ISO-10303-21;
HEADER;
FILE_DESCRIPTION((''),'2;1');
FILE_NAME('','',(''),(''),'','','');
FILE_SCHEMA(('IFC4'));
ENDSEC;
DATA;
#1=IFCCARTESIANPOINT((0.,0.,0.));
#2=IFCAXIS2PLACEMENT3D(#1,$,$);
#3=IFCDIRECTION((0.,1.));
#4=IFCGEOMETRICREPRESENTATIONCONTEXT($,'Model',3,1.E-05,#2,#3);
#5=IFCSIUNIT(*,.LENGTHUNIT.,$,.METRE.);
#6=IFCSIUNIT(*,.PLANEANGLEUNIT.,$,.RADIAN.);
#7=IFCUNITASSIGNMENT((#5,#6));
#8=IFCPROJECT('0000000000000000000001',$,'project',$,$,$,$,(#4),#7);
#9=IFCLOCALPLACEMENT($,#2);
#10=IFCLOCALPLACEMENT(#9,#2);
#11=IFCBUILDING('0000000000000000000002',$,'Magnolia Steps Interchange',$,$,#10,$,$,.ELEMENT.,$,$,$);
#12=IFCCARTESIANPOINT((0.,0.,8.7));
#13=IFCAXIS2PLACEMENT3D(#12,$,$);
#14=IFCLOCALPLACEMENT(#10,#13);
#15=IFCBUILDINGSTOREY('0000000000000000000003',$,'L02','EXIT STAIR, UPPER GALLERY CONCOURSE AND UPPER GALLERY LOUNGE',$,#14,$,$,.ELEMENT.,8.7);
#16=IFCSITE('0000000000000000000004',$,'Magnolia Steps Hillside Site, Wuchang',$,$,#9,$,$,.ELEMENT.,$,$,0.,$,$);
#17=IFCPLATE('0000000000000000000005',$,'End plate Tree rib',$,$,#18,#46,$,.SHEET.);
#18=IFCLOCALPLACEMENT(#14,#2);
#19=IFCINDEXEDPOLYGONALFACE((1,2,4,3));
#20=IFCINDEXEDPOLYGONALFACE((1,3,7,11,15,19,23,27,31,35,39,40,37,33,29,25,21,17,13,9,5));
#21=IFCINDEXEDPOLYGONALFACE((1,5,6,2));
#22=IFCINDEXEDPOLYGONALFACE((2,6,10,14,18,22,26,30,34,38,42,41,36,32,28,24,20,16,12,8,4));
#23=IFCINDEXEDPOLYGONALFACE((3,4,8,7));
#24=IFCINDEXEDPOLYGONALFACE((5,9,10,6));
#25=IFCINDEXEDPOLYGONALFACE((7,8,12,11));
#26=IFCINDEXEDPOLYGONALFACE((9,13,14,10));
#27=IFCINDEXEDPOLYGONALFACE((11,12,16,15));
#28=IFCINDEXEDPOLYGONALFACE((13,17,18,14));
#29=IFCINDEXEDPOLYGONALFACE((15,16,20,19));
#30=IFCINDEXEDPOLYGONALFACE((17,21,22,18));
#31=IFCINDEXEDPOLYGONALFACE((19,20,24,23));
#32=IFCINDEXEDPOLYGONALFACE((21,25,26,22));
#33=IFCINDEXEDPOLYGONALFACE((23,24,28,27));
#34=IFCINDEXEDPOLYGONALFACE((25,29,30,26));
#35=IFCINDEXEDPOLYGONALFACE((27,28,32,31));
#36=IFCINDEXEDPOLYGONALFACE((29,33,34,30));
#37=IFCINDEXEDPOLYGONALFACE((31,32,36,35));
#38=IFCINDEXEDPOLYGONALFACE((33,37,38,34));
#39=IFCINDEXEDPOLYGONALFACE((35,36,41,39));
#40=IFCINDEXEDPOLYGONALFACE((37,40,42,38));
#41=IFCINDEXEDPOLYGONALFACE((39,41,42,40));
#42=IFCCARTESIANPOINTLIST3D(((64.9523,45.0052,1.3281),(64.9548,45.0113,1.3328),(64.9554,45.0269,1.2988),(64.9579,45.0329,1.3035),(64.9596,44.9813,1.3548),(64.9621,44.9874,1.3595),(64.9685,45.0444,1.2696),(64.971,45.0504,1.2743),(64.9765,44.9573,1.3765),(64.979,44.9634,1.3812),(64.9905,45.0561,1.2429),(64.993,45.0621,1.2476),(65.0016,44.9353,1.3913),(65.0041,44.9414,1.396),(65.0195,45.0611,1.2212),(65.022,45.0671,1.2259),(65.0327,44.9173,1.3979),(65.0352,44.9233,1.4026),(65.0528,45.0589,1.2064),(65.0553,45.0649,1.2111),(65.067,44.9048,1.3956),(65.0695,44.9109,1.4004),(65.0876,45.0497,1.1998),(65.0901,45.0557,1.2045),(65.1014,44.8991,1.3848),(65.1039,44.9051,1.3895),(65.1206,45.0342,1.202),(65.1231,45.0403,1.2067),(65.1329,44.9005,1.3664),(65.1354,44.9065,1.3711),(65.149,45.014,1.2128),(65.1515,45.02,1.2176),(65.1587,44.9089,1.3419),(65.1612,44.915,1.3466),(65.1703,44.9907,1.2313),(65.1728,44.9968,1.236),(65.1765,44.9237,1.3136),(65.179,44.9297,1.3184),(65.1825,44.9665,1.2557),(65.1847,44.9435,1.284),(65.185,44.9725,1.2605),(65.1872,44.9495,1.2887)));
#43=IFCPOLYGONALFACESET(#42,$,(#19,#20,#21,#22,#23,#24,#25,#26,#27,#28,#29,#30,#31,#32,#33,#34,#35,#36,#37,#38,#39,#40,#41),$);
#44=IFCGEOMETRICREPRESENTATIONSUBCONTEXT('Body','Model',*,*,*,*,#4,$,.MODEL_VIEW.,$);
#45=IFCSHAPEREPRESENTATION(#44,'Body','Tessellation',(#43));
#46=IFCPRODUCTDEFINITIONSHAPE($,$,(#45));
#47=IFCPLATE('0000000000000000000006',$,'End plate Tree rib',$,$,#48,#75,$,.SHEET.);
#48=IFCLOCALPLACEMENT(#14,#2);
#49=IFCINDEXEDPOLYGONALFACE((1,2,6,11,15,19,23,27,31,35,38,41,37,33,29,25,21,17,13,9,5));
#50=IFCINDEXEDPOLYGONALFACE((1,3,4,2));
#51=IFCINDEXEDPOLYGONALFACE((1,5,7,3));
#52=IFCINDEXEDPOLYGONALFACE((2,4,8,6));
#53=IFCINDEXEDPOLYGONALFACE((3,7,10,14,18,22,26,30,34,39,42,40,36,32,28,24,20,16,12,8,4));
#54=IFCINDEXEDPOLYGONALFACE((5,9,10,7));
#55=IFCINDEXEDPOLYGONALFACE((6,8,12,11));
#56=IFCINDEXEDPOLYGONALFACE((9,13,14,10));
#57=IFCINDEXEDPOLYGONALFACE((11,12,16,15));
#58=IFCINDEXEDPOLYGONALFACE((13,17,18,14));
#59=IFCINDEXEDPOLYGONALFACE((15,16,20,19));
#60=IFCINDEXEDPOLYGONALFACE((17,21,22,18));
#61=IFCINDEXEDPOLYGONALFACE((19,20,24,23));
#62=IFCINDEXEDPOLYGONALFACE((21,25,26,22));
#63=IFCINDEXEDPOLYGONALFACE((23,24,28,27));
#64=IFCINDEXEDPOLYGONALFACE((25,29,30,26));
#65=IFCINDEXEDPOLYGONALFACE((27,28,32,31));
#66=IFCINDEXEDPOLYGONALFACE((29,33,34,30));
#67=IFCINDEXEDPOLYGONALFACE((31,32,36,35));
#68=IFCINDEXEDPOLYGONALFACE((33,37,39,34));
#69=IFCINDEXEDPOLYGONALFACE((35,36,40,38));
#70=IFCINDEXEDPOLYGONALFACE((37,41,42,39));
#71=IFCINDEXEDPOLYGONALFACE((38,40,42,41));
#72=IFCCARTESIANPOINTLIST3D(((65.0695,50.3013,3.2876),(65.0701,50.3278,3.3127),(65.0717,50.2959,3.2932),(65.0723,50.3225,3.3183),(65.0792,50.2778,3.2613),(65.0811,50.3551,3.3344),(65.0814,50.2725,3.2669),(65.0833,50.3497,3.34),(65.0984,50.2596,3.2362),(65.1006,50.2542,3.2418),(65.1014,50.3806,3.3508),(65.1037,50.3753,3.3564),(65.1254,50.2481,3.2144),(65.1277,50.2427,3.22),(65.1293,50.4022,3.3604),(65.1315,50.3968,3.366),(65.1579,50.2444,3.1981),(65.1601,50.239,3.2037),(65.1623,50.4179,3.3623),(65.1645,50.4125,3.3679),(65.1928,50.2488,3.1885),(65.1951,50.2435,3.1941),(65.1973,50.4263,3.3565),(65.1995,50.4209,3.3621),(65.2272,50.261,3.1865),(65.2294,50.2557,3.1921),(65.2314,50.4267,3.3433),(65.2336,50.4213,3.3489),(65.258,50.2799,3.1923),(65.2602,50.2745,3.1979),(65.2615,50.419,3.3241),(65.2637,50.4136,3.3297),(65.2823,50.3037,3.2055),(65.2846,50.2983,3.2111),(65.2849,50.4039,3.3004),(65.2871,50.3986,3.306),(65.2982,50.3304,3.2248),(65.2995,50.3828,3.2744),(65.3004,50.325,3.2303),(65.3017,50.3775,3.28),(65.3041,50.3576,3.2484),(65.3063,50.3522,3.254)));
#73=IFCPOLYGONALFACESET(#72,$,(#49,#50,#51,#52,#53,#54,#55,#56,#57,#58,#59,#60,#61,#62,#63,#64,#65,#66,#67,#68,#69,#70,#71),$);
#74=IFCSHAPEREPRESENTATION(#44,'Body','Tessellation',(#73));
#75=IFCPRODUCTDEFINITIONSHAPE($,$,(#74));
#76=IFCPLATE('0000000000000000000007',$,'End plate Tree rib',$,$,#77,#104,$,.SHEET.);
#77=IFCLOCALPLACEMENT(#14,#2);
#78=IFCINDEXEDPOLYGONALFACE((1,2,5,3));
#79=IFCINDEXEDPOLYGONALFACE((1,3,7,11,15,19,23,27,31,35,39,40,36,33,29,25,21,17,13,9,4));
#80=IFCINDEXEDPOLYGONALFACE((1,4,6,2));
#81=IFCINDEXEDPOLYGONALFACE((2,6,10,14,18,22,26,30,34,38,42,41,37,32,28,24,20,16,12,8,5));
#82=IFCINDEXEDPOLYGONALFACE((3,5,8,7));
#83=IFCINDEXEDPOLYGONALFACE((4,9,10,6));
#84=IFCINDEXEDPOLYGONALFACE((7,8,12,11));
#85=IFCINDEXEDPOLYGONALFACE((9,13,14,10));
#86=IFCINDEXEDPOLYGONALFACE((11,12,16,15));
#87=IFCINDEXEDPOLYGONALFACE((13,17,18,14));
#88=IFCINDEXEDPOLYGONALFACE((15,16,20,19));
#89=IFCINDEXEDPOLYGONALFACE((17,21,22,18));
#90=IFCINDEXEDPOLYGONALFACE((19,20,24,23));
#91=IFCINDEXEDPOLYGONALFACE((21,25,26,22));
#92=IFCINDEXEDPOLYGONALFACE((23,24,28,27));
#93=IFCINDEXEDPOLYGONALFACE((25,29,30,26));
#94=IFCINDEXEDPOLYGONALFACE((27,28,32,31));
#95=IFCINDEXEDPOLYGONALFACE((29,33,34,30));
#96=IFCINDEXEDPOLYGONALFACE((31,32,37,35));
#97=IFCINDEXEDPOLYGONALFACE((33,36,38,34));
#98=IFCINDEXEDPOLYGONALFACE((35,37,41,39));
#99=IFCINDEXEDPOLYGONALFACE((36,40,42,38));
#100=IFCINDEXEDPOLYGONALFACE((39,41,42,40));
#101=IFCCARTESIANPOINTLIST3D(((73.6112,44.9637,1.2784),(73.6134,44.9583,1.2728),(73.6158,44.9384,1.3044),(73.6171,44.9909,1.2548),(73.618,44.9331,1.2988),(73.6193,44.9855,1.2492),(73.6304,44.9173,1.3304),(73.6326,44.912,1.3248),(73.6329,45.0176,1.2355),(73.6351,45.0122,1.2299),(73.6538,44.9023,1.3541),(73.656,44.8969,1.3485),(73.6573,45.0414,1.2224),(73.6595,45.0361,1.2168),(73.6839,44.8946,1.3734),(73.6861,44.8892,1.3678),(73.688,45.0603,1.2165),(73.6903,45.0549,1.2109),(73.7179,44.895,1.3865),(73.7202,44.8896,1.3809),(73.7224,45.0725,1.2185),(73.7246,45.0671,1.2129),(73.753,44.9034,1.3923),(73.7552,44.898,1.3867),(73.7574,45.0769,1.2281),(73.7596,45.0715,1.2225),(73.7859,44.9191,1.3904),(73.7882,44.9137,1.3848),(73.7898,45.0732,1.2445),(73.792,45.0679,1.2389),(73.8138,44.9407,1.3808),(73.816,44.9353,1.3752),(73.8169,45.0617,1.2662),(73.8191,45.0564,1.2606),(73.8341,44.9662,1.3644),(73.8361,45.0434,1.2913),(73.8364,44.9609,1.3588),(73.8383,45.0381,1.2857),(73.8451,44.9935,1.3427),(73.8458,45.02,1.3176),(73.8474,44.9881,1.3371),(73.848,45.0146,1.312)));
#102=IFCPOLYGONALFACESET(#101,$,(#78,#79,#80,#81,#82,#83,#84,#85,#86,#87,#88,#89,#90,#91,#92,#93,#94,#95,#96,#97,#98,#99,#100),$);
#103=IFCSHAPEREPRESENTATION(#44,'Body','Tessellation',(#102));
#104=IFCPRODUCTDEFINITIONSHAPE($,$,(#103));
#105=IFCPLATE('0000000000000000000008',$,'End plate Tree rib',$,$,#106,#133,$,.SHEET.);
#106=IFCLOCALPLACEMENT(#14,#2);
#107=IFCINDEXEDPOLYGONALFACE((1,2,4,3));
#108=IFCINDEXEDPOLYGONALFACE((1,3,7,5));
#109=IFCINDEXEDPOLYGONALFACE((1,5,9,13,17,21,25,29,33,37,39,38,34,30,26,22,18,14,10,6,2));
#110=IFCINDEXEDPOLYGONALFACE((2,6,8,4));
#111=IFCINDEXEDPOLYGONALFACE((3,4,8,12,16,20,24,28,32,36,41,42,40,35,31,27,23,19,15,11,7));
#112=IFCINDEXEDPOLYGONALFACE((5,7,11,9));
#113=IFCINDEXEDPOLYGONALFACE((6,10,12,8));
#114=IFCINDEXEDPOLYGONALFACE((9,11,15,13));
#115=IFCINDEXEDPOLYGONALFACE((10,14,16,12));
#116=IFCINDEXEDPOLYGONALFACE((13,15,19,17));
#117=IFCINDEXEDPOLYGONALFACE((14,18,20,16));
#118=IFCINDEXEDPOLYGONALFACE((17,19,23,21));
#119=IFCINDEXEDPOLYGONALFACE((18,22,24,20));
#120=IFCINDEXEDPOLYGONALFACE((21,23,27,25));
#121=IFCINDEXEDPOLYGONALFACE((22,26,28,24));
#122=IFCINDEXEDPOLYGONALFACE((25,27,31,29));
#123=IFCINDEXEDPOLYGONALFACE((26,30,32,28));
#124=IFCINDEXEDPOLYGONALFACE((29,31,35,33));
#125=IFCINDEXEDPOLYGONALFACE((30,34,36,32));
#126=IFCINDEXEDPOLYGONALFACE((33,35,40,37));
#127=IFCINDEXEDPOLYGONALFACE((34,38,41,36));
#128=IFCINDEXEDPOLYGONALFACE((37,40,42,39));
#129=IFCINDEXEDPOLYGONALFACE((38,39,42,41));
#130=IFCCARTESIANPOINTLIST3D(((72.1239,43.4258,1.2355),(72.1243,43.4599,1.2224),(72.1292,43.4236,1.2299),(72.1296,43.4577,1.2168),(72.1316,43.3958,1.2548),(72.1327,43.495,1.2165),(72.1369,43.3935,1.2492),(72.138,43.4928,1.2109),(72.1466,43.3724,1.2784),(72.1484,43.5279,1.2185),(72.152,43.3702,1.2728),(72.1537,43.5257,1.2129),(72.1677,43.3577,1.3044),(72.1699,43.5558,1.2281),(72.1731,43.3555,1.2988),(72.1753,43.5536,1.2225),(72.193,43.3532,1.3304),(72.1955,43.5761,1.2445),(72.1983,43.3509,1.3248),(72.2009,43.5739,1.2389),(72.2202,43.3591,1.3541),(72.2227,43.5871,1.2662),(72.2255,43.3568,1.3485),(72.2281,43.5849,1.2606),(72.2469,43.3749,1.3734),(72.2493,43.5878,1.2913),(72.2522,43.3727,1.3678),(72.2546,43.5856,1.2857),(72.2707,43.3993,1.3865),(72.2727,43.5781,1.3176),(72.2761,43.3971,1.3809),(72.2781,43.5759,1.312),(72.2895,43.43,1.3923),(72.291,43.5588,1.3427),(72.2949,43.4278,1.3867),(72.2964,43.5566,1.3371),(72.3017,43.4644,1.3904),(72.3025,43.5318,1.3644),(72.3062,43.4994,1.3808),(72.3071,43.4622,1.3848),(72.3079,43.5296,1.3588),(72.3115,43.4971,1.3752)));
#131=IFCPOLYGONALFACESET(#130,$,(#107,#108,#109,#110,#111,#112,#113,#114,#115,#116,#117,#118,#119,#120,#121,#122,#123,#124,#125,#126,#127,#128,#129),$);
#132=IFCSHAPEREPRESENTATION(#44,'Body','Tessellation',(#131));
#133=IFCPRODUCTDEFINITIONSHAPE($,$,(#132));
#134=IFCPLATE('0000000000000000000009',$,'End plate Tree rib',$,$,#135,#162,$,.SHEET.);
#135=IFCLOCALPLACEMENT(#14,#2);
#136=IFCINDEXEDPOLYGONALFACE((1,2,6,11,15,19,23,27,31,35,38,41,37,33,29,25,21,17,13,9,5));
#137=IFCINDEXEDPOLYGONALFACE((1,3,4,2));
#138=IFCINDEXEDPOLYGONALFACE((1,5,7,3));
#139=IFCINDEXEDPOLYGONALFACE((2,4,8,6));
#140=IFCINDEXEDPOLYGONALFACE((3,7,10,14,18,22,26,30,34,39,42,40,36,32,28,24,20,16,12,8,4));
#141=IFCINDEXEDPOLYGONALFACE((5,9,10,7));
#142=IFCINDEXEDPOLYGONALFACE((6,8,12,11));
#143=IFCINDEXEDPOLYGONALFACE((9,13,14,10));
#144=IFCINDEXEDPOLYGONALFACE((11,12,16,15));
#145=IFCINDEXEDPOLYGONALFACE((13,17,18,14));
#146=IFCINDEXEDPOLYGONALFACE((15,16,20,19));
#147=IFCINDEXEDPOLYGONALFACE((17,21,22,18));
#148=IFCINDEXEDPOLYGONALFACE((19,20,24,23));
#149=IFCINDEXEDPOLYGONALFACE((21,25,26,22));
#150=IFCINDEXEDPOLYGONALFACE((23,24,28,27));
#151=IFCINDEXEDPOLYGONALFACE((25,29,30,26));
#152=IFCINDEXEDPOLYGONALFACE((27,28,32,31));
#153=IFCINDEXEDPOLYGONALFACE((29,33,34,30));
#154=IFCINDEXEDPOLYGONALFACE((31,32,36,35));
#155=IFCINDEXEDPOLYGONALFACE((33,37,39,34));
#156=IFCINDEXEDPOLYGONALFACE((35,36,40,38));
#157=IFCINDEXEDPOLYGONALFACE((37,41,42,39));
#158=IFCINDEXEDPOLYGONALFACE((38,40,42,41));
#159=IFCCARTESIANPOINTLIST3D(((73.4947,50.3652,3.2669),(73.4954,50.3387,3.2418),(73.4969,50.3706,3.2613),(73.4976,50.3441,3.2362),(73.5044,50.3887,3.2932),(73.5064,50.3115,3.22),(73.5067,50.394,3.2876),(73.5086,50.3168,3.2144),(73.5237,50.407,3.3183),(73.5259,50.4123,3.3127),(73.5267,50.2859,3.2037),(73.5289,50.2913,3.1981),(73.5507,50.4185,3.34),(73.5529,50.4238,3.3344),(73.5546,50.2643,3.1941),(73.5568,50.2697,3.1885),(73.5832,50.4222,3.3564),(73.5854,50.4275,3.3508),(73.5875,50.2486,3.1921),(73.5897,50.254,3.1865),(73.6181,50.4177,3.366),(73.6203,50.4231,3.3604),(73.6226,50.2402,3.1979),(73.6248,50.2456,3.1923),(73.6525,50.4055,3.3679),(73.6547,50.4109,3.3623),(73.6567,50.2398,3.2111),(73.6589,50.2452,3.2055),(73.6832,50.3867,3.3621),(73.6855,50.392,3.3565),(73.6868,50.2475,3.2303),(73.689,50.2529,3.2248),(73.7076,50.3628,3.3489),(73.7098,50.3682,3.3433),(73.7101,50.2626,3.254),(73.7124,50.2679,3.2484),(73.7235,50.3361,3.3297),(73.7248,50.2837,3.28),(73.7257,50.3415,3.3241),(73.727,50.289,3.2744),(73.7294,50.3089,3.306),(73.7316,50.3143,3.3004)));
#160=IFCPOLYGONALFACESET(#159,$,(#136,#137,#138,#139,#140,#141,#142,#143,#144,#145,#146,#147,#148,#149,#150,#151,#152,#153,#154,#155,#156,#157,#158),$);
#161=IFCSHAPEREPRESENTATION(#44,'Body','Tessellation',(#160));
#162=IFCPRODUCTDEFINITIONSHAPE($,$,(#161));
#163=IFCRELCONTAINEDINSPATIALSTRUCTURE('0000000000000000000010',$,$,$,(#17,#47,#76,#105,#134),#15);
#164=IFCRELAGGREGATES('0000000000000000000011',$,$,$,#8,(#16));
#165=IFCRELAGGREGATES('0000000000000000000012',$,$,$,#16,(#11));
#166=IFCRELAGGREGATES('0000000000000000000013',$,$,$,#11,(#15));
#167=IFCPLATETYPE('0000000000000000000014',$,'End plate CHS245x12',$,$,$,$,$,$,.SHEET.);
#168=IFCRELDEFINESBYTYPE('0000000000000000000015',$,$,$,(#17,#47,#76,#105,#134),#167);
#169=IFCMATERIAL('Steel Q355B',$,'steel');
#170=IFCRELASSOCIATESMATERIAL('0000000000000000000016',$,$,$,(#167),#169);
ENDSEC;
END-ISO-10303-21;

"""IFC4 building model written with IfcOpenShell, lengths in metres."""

from ifc_helpers import new_model, si_unit, direction, frame, origin, origin_2d, place, context, subcontext, project, spatial, circle, extrude, material, material_profile, profile_set, type_object, element, save


model = new_model("IFC4")

# Units and contexts
model_context = context("Model", 3, precision=1e-05, world=origin(), true_north=direction((0.0, 1.0)))
body_context = subcontext(model_context, "Body", "Model", "MODEL_VIEW")
ifc_project = project(units=[si_unit("LENGTHUNIT", "METRE"), si_unit("PLANEANGLEUNIT", "RADIAN")], contexts=[model_context])

# Site, building, storey
site_placement = place(None, origin())
site = spatial("IfcSite", under=ifc_project, at=site_placement, Name="Magnolia Steps Hillside Site, Wuchang", CompositionType="ELEMENT", RefElevation=0.0)
building_placement = place(site_placement, origin())
building = spatial("IfcBuilding", under=site, at=building_placement, Name="Magnolia Steps Interchange", CompositionType="ELEMENT")
storey_placement = place(building_placement, frame((0.0, 0.0, 8.7)))
storey = spatial("IfcBuildingStorey", under=building, at=storey_placement, Name="L02", Description="EXIT STAIR, UPPER GALLERY CONCOURSE AND UPPER GALLERY LOUNGE", CompositionType="ELEMENT", Elevation=8.7)

# Plates
ifc_material_1 = material(Name="Steel Q355B", Category="steel")
ifc_material_profile_1 = material_profile(ifc_material_1, circle(Radius=0.1226, at=origin_2d()), Name="End plate CHS245x12")
ifc_profile_set_1 = profile_set([ifc_material_profile_1], Name="Steel Q355B")
plate_type = type_object("IfcPlateType", Name="End plate CHS245x12", PredefinedType="SHEET", material=ifc_profile_set_1)
for number, where, z_axis, x_axis, name in (
    (1, (65.0686, 44.98, 1.2988), (0.310071, 0.748578, 0.586078), (-0.92388, 0.382683, 0.0), "End plate Tree rib"),
    (2, (65.1863, 50.3359, 3.2744), (0.275279, -0.664583, 0.694658), (0.92388, 0.382683, 0.0), "End plate Tree rib"),
    (3, (73.7312, 44.98, 1.2988), (-0.275279, 0.664583, 0.694658), (-0.92388, -0.382683, 0.0), "End plate Tree rib"),
    (4, (72.22, 43.4688, 1.2988), (-0.664583, 0.275279, 0.694658), (-0.382683, -0.92388, 0.0), "End plate Tree rib"),
    (5, (73.6138, 50.3359, 3.2744), (-0.275279, -0.664583, 0.694658), (0.92388, -0.382683, 0.0), "End plate Tree rib"),
):
    element("IfcPlate", number, at=place(storey_placement, frame(where, z_axis=z_axis, x_axis=x_axis)), inside=storey, type_object=plate_type, Name=name, PredefinedType="SHEET", context=body_context, shape_type="SweptSolid", body=[
        extrude(circle(Radius=0.1226, at=origin_2d()), origin(), (0.0, 0.0, 1.0), 0.0081),
    ])

save(model, "model.ifc")
